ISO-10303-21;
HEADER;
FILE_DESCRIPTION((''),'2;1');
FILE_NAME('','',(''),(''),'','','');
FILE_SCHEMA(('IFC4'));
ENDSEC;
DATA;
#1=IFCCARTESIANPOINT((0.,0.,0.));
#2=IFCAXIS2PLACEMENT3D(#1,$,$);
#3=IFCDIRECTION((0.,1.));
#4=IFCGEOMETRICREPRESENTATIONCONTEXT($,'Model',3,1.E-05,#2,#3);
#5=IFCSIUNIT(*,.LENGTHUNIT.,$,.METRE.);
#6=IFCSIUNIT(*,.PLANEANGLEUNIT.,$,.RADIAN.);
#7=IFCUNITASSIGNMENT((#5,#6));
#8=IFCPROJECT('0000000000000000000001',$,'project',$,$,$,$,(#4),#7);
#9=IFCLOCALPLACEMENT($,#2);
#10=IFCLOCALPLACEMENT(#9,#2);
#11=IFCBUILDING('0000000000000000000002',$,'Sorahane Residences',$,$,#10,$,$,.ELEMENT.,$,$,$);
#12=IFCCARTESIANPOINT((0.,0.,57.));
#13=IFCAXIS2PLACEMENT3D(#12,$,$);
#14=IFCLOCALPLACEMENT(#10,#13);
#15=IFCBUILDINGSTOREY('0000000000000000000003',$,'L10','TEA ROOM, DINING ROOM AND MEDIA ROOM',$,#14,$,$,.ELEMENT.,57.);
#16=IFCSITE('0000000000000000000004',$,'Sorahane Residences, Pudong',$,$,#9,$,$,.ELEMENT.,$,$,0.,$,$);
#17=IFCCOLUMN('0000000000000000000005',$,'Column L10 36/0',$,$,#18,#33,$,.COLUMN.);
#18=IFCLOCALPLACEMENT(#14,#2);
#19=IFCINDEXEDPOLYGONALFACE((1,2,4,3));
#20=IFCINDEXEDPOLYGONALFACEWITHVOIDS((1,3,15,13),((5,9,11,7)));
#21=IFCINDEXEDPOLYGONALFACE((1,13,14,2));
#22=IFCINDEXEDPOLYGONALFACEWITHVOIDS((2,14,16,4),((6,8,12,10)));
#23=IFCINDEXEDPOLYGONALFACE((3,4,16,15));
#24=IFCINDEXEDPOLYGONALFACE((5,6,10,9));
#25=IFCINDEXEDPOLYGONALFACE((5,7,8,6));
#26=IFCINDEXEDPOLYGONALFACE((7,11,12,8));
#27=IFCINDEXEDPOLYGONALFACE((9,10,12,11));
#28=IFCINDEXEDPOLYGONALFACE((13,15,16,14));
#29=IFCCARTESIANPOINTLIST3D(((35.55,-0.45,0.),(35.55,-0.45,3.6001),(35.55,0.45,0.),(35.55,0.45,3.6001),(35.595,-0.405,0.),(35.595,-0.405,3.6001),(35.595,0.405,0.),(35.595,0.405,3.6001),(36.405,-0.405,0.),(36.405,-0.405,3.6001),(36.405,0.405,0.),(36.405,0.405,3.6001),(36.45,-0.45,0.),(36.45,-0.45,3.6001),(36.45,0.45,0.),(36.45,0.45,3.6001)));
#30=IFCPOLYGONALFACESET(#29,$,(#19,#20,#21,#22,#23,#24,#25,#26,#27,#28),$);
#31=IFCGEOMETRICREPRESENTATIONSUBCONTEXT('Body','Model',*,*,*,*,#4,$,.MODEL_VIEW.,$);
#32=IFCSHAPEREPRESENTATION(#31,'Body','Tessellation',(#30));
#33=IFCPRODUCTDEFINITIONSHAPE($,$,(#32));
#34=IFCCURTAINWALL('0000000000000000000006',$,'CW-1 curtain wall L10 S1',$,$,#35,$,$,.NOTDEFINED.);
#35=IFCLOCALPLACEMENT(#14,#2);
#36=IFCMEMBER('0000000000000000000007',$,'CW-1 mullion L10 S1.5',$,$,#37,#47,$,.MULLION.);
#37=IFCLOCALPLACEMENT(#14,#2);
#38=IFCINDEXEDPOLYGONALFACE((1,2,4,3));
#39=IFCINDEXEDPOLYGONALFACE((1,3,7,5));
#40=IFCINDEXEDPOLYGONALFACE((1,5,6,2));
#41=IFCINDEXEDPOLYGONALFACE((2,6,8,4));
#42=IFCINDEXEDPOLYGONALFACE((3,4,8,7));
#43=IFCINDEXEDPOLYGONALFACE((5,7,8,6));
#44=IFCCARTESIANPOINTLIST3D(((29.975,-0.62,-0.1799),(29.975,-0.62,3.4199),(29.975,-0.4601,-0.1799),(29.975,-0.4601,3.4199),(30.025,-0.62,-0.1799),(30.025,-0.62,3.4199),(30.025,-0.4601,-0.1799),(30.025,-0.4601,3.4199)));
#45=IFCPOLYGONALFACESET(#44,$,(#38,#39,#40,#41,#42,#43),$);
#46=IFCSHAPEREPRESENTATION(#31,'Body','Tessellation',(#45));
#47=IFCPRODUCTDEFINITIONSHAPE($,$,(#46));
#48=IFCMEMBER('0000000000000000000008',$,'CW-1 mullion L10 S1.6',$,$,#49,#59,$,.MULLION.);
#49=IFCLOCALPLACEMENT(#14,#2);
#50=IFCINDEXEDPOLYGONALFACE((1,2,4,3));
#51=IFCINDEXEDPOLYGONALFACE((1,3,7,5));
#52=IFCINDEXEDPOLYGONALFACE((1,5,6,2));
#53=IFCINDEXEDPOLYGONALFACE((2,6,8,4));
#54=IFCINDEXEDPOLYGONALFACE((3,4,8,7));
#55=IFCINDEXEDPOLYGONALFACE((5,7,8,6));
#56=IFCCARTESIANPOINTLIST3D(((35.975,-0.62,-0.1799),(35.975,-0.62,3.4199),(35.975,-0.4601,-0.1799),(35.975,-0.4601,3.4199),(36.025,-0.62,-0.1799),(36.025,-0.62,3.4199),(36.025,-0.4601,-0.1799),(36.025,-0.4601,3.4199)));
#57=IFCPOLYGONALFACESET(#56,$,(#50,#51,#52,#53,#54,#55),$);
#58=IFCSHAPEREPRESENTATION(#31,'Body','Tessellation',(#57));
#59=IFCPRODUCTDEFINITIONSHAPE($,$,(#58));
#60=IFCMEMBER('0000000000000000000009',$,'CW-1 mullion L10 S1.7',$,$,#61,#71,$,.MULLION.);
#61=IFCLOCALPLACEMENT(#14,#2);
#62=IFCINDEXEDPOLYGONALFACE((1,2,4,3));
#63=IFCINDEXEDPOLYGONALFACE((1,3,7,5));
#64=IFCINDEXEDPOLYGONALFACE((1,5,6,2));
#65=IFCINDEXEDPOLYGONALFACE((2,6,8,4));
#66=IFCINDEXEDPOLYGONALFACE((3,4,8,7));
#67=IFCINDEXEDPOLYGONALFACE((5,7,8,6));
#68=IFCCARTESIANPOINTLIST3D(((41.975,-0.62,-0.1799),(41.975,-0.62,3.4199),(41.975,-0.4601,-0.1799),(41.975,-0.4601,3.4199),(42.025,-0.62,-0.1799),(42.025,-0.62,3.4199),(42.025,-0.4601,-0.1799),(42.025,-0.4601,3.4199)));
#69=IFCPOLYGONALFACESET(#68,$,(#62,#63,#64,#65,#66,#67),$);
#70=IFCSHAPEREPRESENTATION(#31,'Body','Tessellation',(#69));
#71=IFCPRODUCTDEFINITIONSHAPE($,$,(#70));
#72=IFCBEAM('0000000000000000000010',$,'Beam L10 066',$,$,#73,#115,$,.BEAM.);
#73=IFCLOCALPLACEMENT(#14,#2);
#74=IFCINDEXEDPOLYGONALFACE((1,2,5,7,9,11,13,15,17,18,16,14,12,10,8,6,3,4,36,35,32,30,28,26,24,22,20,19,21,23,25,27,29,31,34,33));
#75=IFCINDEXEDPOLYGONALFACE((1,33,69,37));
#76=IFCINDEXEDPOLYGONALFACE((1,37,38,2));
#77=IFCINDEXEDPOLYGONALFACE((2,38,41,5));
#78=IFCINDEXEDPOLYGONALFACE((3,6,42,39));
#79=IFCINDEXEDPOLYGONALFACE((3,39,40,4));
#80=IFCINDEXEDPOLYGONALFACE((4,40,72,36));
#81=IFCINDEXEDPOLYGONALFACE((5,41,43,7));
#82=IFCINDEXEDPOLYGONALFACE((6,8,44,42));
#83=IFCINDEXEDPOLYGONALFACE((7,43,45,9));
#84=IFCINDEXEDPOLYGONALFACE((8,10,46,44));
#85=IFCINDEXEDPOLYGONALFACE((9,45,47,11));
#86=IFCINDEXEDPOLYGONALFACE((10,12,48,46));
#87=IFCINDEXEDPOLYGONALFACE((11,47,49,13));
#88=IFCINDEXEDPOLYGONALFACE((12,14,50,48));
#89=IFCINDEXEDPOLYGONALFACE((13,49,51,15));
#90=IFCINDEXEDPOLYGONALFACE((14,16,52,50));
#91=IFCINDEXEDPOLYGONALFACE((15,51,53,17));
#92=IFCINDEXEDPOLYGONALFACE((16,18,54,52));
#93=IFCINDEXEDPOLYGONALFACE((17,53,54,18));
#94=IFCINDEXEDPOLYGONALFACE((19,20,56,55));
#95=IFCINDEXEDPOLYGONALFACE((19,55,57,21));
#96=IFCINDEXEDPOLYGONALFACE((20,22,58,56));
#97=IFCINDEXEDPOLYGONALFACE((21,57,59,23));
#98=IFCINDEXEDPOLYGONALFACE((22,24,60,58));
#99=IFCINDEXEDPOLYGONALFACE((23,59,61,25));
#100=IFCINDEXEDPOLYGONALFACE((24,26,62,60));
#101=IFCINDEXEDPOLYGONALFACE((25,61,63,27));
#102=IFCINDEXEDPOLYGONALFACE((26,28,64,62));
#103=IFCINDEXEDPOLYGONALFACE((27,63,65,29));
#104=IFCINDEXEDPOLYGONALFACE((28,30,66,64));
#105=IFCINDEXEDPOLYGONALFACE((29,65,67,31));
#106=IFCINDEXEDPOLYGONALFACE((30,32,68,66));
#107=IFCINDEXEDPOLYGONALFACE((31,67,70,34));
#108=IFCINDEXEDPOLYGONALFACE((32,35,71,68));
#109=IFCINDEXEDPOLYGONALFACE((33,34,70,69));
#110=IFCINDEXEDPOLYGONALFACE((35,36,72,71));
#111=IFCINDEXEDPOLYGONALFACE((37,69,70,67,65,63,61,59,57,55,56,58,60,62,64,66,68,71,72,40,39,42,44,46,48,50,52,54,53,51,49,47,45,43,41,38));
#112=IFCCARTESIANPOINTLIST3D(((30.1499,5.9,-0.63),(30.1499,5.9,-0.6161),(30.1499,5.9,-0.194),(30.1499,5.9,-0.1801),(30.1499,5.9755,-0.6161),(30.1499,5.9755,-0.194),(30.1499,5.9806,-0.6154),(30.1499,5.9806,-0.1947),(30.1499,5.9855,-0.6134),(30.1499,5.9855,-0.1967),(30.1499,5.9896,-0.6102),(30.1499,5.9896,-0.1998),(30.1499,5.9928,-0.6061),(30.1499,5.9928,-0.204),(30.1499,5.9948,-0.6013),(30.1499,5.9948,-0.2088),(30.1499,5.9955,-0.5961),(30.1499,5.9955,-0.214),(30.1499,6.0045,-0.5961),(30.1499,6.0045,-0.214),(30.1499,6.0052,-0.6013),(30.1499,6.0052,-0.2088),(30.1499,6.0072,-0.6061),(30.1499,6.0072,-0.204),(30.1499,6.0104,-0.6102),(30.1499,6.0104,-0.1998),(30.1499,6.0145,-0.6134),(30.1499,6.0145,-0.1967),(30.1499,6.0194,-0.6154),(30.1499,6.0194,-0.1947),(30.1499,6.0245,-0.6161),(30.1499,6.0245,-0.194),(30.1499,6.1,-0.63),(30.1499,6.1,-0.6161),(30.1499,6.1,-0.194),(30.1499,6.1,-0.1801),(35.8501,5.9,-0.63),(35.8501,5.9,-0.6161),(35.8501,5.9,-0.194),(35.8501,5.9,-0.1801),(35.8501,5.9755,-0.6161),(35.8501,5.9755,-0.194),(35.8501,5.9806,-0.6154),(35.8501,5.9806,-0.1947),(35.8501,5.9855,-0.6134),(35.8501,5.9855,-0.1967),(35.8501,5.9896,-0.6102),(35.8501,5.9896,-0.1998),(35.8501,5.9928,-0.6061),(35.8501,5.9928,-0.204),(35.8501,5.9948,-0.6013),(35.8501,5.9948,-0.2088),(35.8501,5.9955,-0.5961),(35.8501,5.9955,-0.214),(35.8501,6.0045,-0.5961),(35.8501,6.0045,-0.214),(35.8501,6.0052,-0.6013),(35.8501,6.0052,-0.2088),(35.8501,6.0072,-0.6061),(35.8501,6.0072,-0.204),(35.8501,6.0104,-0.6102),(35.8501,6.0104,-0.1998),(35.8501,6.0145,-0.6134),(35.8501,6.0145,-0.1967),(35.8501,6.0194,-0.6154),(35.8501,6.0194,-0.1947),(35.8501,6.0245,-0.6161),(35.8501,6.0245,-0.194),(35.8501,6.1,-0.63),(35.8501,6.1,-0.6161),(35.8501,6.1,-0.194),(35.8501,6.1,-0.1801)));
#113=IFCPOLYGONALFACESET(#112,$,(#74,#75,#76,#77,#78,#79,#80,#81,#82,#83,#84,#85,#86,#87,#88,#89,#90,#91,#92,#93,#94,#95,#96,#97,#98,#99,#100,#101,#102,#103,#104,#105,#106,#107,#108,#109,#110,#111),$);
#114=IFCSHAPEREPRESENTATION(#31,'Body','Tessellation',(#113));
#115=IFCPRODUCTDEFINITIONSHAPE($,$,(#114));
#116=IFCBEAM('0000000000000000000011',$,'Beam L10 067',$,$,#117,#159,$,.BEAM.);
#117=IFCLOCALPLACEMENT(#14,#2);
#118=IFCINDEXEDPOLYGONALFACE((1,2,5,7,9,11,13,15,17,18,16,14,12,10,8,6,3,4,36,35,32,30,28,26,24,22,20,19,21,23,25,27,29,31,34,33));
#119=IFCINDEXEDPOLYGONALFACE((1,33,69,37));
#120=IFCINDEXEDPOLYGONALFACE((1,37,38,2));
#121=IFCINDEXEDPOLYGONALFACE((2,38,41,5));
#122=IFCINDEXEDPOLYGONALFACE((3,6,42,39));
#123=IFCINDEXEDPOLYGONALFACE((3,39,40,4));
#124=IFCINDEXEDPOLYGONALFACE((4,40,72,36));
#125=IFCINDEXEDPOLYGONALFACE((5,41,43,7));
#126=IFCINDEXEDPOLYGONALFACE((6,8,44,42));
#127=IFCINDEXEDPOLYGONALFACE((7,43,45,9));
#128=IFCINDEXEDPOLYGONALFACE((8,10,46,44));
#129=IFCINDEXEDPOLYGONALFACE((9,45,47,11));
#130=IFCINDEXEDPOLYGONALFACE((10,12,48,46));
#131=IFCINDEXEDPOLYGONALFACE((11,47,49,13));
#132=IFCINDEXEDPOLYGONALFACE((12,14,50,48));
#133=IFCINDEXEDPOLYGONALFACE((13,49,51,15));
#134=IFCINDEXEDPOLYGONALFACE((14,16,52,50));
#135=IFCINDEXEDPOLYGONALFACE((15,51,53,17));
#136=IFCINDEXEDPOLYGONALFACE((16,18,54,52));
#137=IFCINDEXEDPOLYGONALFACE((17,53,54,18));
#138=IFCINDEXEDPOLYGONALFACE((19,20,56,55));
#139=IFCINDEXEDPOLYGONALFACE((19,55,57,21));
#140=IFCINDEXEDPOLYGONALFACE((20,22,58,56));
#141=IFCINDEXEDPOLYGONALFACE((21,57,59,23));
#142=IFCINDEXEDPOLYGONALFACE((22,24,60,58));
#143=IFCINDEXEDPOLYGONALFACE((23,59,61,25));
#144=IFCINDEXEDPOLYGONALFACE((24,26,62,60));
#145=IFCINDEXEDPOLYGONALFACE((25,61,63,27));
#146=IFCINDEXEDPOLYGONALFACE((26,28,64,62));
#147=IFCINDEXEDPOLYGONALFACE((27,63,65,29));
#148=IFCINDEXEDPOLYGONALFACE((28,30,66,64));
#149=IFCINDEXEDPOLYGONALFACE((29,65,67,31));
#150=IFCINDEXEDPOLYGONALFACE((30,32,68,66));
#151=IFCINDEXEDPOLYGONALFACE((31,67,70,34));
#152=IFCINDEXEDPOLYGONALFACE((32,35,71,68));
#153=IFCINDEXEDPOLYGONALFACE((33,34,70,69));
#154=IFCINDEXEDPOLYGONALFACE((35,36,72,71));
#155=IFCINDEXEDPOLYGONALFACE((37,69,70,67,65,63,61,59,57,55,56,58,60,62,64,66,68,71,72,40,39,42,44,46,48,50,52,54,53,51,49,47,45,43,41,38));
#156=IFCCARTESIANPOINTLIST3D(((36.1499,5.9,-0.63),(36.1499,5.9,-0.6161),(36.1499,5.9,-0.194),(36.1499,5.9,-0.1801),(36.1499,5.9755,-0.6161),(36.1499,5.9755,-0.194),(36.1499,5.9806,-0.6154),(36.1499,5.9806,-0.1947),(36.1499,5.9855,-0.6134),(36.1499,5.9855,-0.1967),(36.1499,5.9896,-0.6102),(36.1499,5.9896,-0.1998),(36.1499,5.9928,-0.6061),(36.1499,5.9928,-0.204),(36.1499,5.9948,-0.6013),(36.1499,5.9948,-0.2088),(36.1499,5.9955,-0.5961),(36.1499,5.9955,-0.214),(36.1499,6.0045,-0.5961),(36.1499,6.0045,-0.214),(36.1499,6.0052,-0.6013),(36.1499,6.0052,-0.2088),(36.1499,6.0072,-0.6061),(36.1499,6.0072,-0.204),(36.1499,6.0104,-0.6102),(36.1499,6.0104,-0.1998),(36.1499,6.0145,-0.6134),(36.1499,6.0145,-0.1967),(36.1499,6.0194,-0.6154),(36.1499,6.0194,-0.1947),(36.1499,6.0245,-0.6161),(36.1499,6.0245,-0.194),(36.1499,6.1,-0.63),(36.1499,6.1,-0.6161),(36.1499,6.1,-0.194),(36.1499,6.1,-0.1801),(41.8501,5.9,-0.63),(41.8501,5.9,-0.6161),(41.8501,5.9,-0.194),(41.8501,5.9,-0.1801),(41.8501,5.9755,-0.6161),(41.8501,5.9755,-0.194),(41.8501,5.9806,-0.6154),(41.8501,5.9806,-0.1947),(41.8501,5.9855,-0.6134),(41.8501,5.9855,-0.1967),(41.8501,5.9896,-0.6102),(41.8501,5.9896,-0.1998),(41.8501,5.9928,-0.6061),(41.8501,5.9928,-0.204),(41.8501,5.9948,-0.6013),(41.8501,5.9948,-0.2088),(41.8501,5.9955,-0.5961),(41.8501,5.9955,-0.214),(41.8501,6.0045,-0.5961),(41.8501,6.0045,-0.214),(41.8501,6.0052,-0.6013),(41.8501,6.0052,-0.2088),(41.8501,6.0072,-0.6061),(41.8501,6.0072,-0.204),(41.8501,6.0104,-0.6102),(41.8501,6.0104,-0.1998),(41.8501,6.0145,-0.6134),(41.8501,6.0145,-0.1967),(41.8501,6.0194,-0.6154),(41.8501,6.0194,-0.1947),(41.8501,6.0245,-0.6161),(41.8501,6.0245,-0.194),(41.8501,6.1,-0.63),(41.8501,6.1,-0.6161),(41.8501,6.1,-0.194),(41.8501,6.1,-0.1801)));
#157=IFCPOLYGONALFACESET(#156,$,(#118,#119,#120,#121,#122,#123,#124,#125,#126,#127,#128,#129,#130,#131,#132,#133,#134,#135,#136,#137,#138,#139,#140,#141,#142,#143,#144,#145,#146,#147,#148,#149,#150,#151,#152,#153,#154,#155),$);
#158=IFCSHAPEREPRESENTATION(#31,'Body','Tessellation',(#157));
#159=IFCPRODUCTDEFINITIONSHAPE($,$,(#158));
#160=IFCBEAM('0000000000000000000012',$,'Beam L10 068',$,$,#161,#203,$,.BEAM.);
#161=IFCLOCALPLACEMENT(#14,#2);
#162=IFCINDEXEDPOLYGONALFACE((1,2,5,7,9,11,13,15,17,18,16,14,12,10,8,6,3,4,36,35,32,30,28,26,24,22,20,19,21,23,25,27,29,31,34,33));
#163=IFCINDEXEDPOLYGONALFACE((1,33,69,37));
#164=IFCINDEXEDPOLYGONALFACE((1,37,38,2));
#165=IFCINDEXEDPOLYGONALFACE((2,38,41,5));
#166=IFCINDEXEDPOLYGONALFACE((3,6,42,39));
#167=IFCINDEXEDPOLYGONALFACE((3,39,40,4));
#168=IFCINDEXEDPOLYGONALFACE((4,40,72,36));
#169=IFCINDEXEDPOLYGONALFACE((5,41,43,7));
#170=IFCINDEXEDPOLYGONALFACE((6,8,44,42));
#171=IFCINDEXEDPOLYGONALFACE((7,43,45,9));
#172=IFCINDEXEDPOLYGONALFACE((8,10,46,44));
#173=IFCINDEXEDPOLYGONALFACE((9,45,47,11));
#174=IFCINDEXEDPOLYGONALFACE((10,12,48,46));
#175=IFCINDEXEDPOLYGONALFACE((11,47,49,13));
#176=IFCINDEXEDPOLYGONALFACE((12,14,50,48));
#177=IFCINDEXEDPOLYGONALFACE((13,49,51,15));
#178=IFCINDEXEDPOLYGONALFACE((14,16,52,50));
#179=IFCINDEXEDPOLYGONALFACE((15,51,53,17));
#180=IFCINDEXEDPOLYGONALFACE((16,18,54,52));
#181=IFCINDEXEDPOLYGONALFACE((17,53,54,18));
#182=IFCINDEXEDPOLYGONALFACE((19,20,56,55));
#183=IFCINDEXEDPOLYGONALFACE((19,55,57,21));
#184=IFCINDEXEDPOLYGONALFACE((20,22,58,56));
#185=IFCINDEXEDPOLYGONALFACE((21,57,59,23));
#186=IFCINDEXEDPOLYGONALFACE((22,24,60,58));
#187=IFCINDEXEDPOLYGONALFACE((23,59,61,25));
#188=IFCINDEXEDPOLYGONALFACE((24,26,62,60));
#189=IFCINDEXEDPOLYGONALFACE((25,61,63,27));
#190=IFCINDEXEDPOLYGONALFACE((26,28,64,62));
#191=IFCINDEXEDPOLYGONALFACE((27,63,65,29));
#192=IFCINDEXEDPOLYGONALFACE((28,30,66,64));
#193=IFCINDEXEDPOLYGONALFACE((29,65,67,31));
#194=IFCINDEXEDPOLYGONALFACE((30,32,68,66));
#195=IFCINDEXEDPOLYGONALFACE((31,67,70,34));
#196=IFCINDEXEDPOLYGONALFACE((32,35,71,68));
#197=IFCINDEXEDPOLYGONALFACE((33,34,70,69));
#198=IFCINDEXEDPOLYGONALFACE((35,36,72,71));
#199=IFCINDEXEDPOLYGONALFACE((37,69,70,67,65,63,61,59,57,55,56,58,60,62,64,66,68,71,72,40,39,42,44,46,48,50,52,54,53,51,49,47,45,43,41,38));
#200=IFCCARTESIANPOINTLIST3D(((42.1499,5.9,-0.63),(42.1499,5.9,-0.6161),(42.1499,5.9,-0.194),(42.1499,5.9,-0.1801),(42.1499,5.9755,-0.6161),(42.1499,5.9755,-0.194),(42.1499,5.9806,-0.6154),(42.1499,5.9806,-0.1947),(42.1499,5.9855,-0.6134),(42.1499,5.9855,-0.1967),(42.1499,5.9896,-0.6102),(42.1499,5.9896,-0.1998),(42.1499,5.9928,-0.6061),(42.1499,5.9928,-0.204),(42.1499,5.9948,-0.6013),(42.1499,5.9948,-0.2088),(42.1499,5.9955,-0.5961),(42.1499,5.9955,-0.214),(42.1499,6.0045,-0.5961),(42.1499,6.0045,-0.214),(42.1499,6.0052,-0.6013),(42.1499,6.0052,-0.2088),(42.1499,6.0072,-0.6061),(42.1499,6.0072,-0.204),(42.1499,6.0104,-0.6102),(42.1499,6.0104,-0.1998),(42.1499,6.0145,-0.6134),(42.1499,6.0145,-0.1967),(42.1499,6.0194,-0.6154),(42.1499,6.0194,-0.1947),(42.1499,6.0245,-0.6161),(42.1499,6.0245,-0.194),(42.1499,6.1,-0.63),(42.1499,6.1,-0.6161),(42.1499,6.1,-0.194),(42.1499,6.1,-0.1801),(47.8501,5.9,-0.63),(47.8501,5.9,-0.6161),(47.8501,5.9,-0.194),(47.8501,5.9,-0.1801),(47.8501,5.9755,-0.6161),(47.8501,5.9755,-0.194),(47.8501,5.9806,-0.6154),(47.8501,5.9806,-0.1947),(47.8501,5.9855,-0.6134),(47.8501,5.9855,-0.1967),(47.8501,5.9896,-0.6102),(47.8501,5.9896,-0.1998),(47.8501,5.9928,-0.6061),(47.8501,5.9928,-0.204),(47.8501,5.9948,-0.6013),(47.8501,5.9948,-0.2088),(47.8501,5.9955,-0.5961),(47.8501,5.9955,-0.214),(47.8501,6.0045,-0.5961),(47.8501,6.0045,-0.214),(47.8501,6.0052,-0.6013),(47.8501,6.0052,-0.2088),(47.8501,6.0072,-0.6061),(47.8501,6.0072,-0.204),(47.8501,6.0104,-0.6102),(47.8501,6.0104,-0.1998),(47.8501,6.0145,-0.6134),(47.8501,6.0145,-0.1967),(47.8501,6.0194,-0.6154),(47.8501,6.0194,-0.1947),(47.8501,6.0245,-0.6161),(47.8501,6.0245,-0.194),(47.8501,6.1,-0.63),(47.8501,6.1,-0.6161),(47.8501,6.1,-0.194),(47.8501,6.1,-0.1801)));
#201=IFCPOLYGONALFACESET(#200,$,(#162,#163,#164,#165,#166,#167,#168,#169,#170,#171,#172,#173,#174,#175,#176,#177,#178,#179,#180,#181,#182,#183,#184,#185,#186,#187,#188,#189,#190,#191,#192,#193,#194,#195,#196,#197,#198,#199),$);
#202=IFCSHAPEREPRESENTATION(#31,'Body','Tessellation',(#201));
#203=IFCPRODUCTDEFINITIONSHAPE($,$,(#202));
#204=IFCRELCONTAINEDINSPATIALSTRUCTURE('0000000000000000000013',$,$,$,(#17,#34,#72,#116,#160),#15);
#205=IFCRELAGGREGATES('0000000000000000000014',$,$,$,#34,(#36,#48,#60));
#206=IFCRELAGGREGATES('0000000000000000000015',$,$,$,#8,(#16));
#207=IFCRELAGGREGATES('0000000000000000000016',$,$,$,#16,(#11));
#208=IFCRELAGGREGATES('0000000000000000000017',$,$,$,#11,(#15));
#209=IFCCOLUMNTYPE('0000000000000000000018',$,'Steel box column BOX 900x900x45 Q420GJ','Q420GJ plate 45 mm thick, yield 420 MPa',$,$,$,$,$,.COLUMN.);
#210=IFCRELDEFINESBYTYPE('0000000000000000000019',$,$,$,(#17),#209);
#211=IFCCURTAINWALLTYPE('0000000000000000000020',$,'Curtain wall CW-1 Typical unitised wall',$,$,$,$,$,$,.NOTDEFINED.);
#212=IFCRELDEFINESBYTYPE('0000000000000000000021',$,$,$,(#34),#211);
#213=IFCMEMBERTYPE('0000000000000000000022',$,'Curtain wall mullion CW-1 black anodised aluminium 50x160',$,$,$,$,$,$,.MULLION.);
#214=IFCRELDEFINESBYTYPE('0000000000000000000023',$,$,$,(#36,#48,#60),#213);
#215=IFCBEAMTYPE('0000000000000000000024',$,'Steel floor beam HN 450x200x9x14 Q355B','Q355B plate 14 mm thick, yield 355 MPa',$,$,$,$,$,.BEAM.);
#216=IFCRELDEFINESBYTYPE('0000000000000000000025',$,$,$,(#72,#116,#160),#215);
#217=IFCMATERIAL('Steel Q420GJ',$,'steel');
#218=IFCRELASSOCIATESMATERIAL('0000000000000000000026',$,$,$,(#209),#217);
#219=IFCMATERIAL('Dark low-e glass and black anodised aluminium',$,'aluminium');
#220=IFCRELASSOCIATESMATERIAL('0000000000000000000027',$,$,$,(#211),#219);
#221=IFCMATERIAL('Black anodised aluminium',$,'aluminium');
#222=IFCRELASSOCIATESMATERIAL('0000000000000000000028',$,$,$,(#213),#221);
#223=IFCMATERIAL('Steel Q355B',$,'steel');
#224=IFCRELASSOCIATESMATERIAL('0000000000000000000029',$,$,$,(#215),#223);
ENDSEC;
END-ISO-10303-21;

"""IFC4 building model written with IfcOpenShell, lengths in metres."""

from ifc_helpers import new_model, si_unit, direction, frame, origin, origin_2d, place, context, subcontext, project, spatial, rectangle, hollow_rectangle, i_section, extrude, material, material_profile, profile_set, type_object, element, aggregate, save


model = new_model("IFC4")

# Units and contexts
model_context = context("Model", 3, precision=1e-05, world=origin(), true_north=direction((0.0, 1.0)))
body_context = subcontext(model_context, "Body", "Model", "MODEL_VIEW")
ifc_project = project(units=[si_unit("LENGTHUNIT", "METRE"), si_unit("PLANEANGLEUNIT", "RADIAN")], contexts=[model_context])

# Site, building, storey
site_placement = place(None, origin())
site = spatial("IfcSite", under=ifc_project, at=site_placement, Name="Sorahane Residences, Pudong", CompositionType="ELEMENT", RefElevation=0.0)
building_placement = place(site_placement, origin())
building = spatial("IfcBuilding", under=site, at=building_placement, Name="Sorahane Residences", CompositionType="ELEMENT")
storey_placement = place(building_placement, frame((0.0, 0.0, 57.0)))
storey = spatial("IfcBuildingStorey", under=building, at=storey_placement, Name="L10", Description="TEA ROOM, DINING ROOM AND MEDIA ROOM", CompositionType="ELEMENT", Elevation=57.0)

# Column
ifc_material_1 = material(Name="Steel Q420GJ", Category="steel")
ifc_material_profile_1 = material_profile(ifc_material_1, hollow_rectangle(XDim=0.8999, YDim=0.8999, WallThickness=0.0449, at=origin_2d()), Name="BOX 900x900x45")
ifc_profile_set_1 = profile_set([ifc_material_profile_1], Name="Steel Q420GJ")
column_type = type_object("IfcColumnType", Name="Steel box column BOX 900x900x45 Q420GJ", Description="Q420GJ plate 45 mm thick, yield 420 MPa", PredefinedType="COLUMN", material=ifc_profile_set_1)
column_placement = place(storey_placement, frame((36.0, 0.0, 0.0), z_axis=(0.0, 0.0, 1.0), x_axis=(1.0, 0.0, 0.0)))
element("IfcColumn", 1, at=column_placement, inside=storey, type_object=column_type, Name="Column L10 36/0", PredefinedType="COLUMN", context=body_context, shape_type="SweptSolid", body=[
    extrude(hollow_rectangle(XDim=0.8999, YDim=0.8999, WallThickness=0.0449, at=origin_2d()), origin(), (0.0, 0.0, 1.0), 3.6001),
])

# Curtain wall, members
ifc_material_2 = material(Name="Dark low-e glass and black anodised aluminium", Category="aluminium")
curtain_wall_type = type_object("IfcCurtainWallType", Name="Curtain wall CW-1 Typical unitised wall", PredefinedType="NOTDEFINED", material=ifc_material_2)
curtain_wall_placement = place(storey_placement, origin())
curtain_wall = element("IfcCurtainWall", 2, at=curtain_wall_placement, inside=storey, type_object=curtain_wall_type, Name="CW-1 curtain wall L10 S1", PredefinedType="NOTDEFINED")
ifc_material_3 = material(Name="Black anodised aluminium", Category="aluminium")
ifc_material_profile_2 = material_profile(ifc_material_3, rectangle(XDim=0.1599, YDim=0.05, at=origin_2d()), Name="Curtain wall mullion CW-1 black anodised aluminium 50x160")
ifc_profile_set_2 = profile_set([ifc_material_profile_2], Name="Black anodised aluminium")
member_type = type_object("IfcMemberType", Name="Curtain wall mullion CW-1 black anodised aluminium 50x160", PredefinedType="MULLION", material=ifc_profile_set_2)
member_1_placement = place(storey_placement, frame((30.0, -0.54, -0.1799), z_axis=(0.0, 0.0, 1.0), x_axis=(0.0, -1.0, 0.0)))
member_1 = element("IfcMember", 3, at=member_1_placement, type_object=member_type, Name="CW-1 mullion L10 S1.5", PredefinedType="MULLION", context=body_context, shape_type="SweptSolid", body=[
    extrude(rectangle(XDim=0.1599, YDim=0.05, at=origin_2d()), origin(), (0.0, 0.0, 1.0), 3.5999),
])
member_2_placement = place(storey_placement, frame((36.0, -0.54, -0.1799), z_axis=(0.0, 0.0, 1.0), x_axis=(0.0, -1.0, 0.0)))
member_2 = element("IfcMember", 4, at=member_2_placement, type_object=member_type, Name="CW-1 mullion L10 S1.6", PredefinedType="MULLION", context=body_context, shape_type="SweptSolid", body=[
    extrude(rectangle(XDim=0.1599, YDim=0.05, at=origin_2d()), origin(), (0.0, 0.0, 1.0), 3.5999),
])
member_3_placement = place(storey_placement, frame((42.0, -0.54, -0.1799), z_axis=(0.0, 0.0, 1.0), x_axis=(0.0, -1.0, 0.0)))
member_3 = element("IfcMember", 5, at=member_3_placement, type_object=member_type, Name="CW-1 mullion L10 S1.7", PredefinedType="MULLION", context=body_context, shape_type="SweptSolid", body=[
    extrude(rectangle(XDim=0.1599, YDim=0.05, at=origin_2d()), origin(), (0.0, 0.0, 1.0), 3.5999),
])

# Beams
ifc_material_4 = material(Name="Steel Q355B", Category="steel")
ifc_material_profile_3 = material_profile(ifc_material_4, i_section(OverallWidth=0.2, OverallDepth=0.45, WebThickness=0.009, FlangeThickness=0.0139, FilletRadius=0.02, at=origin_2d()), Name="HN 450x200x9x14")
ifc_profile_set_3 = profile_set([ifc_material_profile_3], Name="Steel Q355B")
beam_type_1 = type_object("IfcBeamType", Name="Steel floor beam HN 450x200x9x14 Q355B", Description="Q355B plate 14 mm thick, yield 355 MPa", PredefinedType="BEAM", material=ifc_profile_set_3)
for number, where, z_axis, x_axis, name in (
    (6, (30.1499, 6.0, -0.405), (1.0, 0.0, 0.0), (0.0, 1.0, 0.0), "Beam L10 066"),
    (7, (36.1499, 6.0, -0.405), (1.0, 0.0, 0.0), (0.0, 1.0, 0.0), "Beam L10 067"),
    (8, (42.1499, 6.0, -0.405), (1.0, 0.0, 0.0), (0.0, 1.0, 0.0), "Beam L10 068"),
):
    element("IfcBeam", number, at=place(storey_placement, frame(where, z_axis=z_axis, x_axis=x_axis)), inside=storey, type_object=beam_type_1, Name=name, PredefinedType="BEAM", context=body_context, shape_type="SweptSolid", body=[
        extrude(i_section(OverallWidth=0.2, OverallDepth=0.45, WebThickness=0.009, FlangeThickness=0.0139, FilletRadius=0.02, at=origin_2d()), origin(), (0.0, 0.0, 1.0), 5.7002),
    ])

aggregate(curtain_wall, [member_1, member_2, member_3])

save(model, "model.ifc")
